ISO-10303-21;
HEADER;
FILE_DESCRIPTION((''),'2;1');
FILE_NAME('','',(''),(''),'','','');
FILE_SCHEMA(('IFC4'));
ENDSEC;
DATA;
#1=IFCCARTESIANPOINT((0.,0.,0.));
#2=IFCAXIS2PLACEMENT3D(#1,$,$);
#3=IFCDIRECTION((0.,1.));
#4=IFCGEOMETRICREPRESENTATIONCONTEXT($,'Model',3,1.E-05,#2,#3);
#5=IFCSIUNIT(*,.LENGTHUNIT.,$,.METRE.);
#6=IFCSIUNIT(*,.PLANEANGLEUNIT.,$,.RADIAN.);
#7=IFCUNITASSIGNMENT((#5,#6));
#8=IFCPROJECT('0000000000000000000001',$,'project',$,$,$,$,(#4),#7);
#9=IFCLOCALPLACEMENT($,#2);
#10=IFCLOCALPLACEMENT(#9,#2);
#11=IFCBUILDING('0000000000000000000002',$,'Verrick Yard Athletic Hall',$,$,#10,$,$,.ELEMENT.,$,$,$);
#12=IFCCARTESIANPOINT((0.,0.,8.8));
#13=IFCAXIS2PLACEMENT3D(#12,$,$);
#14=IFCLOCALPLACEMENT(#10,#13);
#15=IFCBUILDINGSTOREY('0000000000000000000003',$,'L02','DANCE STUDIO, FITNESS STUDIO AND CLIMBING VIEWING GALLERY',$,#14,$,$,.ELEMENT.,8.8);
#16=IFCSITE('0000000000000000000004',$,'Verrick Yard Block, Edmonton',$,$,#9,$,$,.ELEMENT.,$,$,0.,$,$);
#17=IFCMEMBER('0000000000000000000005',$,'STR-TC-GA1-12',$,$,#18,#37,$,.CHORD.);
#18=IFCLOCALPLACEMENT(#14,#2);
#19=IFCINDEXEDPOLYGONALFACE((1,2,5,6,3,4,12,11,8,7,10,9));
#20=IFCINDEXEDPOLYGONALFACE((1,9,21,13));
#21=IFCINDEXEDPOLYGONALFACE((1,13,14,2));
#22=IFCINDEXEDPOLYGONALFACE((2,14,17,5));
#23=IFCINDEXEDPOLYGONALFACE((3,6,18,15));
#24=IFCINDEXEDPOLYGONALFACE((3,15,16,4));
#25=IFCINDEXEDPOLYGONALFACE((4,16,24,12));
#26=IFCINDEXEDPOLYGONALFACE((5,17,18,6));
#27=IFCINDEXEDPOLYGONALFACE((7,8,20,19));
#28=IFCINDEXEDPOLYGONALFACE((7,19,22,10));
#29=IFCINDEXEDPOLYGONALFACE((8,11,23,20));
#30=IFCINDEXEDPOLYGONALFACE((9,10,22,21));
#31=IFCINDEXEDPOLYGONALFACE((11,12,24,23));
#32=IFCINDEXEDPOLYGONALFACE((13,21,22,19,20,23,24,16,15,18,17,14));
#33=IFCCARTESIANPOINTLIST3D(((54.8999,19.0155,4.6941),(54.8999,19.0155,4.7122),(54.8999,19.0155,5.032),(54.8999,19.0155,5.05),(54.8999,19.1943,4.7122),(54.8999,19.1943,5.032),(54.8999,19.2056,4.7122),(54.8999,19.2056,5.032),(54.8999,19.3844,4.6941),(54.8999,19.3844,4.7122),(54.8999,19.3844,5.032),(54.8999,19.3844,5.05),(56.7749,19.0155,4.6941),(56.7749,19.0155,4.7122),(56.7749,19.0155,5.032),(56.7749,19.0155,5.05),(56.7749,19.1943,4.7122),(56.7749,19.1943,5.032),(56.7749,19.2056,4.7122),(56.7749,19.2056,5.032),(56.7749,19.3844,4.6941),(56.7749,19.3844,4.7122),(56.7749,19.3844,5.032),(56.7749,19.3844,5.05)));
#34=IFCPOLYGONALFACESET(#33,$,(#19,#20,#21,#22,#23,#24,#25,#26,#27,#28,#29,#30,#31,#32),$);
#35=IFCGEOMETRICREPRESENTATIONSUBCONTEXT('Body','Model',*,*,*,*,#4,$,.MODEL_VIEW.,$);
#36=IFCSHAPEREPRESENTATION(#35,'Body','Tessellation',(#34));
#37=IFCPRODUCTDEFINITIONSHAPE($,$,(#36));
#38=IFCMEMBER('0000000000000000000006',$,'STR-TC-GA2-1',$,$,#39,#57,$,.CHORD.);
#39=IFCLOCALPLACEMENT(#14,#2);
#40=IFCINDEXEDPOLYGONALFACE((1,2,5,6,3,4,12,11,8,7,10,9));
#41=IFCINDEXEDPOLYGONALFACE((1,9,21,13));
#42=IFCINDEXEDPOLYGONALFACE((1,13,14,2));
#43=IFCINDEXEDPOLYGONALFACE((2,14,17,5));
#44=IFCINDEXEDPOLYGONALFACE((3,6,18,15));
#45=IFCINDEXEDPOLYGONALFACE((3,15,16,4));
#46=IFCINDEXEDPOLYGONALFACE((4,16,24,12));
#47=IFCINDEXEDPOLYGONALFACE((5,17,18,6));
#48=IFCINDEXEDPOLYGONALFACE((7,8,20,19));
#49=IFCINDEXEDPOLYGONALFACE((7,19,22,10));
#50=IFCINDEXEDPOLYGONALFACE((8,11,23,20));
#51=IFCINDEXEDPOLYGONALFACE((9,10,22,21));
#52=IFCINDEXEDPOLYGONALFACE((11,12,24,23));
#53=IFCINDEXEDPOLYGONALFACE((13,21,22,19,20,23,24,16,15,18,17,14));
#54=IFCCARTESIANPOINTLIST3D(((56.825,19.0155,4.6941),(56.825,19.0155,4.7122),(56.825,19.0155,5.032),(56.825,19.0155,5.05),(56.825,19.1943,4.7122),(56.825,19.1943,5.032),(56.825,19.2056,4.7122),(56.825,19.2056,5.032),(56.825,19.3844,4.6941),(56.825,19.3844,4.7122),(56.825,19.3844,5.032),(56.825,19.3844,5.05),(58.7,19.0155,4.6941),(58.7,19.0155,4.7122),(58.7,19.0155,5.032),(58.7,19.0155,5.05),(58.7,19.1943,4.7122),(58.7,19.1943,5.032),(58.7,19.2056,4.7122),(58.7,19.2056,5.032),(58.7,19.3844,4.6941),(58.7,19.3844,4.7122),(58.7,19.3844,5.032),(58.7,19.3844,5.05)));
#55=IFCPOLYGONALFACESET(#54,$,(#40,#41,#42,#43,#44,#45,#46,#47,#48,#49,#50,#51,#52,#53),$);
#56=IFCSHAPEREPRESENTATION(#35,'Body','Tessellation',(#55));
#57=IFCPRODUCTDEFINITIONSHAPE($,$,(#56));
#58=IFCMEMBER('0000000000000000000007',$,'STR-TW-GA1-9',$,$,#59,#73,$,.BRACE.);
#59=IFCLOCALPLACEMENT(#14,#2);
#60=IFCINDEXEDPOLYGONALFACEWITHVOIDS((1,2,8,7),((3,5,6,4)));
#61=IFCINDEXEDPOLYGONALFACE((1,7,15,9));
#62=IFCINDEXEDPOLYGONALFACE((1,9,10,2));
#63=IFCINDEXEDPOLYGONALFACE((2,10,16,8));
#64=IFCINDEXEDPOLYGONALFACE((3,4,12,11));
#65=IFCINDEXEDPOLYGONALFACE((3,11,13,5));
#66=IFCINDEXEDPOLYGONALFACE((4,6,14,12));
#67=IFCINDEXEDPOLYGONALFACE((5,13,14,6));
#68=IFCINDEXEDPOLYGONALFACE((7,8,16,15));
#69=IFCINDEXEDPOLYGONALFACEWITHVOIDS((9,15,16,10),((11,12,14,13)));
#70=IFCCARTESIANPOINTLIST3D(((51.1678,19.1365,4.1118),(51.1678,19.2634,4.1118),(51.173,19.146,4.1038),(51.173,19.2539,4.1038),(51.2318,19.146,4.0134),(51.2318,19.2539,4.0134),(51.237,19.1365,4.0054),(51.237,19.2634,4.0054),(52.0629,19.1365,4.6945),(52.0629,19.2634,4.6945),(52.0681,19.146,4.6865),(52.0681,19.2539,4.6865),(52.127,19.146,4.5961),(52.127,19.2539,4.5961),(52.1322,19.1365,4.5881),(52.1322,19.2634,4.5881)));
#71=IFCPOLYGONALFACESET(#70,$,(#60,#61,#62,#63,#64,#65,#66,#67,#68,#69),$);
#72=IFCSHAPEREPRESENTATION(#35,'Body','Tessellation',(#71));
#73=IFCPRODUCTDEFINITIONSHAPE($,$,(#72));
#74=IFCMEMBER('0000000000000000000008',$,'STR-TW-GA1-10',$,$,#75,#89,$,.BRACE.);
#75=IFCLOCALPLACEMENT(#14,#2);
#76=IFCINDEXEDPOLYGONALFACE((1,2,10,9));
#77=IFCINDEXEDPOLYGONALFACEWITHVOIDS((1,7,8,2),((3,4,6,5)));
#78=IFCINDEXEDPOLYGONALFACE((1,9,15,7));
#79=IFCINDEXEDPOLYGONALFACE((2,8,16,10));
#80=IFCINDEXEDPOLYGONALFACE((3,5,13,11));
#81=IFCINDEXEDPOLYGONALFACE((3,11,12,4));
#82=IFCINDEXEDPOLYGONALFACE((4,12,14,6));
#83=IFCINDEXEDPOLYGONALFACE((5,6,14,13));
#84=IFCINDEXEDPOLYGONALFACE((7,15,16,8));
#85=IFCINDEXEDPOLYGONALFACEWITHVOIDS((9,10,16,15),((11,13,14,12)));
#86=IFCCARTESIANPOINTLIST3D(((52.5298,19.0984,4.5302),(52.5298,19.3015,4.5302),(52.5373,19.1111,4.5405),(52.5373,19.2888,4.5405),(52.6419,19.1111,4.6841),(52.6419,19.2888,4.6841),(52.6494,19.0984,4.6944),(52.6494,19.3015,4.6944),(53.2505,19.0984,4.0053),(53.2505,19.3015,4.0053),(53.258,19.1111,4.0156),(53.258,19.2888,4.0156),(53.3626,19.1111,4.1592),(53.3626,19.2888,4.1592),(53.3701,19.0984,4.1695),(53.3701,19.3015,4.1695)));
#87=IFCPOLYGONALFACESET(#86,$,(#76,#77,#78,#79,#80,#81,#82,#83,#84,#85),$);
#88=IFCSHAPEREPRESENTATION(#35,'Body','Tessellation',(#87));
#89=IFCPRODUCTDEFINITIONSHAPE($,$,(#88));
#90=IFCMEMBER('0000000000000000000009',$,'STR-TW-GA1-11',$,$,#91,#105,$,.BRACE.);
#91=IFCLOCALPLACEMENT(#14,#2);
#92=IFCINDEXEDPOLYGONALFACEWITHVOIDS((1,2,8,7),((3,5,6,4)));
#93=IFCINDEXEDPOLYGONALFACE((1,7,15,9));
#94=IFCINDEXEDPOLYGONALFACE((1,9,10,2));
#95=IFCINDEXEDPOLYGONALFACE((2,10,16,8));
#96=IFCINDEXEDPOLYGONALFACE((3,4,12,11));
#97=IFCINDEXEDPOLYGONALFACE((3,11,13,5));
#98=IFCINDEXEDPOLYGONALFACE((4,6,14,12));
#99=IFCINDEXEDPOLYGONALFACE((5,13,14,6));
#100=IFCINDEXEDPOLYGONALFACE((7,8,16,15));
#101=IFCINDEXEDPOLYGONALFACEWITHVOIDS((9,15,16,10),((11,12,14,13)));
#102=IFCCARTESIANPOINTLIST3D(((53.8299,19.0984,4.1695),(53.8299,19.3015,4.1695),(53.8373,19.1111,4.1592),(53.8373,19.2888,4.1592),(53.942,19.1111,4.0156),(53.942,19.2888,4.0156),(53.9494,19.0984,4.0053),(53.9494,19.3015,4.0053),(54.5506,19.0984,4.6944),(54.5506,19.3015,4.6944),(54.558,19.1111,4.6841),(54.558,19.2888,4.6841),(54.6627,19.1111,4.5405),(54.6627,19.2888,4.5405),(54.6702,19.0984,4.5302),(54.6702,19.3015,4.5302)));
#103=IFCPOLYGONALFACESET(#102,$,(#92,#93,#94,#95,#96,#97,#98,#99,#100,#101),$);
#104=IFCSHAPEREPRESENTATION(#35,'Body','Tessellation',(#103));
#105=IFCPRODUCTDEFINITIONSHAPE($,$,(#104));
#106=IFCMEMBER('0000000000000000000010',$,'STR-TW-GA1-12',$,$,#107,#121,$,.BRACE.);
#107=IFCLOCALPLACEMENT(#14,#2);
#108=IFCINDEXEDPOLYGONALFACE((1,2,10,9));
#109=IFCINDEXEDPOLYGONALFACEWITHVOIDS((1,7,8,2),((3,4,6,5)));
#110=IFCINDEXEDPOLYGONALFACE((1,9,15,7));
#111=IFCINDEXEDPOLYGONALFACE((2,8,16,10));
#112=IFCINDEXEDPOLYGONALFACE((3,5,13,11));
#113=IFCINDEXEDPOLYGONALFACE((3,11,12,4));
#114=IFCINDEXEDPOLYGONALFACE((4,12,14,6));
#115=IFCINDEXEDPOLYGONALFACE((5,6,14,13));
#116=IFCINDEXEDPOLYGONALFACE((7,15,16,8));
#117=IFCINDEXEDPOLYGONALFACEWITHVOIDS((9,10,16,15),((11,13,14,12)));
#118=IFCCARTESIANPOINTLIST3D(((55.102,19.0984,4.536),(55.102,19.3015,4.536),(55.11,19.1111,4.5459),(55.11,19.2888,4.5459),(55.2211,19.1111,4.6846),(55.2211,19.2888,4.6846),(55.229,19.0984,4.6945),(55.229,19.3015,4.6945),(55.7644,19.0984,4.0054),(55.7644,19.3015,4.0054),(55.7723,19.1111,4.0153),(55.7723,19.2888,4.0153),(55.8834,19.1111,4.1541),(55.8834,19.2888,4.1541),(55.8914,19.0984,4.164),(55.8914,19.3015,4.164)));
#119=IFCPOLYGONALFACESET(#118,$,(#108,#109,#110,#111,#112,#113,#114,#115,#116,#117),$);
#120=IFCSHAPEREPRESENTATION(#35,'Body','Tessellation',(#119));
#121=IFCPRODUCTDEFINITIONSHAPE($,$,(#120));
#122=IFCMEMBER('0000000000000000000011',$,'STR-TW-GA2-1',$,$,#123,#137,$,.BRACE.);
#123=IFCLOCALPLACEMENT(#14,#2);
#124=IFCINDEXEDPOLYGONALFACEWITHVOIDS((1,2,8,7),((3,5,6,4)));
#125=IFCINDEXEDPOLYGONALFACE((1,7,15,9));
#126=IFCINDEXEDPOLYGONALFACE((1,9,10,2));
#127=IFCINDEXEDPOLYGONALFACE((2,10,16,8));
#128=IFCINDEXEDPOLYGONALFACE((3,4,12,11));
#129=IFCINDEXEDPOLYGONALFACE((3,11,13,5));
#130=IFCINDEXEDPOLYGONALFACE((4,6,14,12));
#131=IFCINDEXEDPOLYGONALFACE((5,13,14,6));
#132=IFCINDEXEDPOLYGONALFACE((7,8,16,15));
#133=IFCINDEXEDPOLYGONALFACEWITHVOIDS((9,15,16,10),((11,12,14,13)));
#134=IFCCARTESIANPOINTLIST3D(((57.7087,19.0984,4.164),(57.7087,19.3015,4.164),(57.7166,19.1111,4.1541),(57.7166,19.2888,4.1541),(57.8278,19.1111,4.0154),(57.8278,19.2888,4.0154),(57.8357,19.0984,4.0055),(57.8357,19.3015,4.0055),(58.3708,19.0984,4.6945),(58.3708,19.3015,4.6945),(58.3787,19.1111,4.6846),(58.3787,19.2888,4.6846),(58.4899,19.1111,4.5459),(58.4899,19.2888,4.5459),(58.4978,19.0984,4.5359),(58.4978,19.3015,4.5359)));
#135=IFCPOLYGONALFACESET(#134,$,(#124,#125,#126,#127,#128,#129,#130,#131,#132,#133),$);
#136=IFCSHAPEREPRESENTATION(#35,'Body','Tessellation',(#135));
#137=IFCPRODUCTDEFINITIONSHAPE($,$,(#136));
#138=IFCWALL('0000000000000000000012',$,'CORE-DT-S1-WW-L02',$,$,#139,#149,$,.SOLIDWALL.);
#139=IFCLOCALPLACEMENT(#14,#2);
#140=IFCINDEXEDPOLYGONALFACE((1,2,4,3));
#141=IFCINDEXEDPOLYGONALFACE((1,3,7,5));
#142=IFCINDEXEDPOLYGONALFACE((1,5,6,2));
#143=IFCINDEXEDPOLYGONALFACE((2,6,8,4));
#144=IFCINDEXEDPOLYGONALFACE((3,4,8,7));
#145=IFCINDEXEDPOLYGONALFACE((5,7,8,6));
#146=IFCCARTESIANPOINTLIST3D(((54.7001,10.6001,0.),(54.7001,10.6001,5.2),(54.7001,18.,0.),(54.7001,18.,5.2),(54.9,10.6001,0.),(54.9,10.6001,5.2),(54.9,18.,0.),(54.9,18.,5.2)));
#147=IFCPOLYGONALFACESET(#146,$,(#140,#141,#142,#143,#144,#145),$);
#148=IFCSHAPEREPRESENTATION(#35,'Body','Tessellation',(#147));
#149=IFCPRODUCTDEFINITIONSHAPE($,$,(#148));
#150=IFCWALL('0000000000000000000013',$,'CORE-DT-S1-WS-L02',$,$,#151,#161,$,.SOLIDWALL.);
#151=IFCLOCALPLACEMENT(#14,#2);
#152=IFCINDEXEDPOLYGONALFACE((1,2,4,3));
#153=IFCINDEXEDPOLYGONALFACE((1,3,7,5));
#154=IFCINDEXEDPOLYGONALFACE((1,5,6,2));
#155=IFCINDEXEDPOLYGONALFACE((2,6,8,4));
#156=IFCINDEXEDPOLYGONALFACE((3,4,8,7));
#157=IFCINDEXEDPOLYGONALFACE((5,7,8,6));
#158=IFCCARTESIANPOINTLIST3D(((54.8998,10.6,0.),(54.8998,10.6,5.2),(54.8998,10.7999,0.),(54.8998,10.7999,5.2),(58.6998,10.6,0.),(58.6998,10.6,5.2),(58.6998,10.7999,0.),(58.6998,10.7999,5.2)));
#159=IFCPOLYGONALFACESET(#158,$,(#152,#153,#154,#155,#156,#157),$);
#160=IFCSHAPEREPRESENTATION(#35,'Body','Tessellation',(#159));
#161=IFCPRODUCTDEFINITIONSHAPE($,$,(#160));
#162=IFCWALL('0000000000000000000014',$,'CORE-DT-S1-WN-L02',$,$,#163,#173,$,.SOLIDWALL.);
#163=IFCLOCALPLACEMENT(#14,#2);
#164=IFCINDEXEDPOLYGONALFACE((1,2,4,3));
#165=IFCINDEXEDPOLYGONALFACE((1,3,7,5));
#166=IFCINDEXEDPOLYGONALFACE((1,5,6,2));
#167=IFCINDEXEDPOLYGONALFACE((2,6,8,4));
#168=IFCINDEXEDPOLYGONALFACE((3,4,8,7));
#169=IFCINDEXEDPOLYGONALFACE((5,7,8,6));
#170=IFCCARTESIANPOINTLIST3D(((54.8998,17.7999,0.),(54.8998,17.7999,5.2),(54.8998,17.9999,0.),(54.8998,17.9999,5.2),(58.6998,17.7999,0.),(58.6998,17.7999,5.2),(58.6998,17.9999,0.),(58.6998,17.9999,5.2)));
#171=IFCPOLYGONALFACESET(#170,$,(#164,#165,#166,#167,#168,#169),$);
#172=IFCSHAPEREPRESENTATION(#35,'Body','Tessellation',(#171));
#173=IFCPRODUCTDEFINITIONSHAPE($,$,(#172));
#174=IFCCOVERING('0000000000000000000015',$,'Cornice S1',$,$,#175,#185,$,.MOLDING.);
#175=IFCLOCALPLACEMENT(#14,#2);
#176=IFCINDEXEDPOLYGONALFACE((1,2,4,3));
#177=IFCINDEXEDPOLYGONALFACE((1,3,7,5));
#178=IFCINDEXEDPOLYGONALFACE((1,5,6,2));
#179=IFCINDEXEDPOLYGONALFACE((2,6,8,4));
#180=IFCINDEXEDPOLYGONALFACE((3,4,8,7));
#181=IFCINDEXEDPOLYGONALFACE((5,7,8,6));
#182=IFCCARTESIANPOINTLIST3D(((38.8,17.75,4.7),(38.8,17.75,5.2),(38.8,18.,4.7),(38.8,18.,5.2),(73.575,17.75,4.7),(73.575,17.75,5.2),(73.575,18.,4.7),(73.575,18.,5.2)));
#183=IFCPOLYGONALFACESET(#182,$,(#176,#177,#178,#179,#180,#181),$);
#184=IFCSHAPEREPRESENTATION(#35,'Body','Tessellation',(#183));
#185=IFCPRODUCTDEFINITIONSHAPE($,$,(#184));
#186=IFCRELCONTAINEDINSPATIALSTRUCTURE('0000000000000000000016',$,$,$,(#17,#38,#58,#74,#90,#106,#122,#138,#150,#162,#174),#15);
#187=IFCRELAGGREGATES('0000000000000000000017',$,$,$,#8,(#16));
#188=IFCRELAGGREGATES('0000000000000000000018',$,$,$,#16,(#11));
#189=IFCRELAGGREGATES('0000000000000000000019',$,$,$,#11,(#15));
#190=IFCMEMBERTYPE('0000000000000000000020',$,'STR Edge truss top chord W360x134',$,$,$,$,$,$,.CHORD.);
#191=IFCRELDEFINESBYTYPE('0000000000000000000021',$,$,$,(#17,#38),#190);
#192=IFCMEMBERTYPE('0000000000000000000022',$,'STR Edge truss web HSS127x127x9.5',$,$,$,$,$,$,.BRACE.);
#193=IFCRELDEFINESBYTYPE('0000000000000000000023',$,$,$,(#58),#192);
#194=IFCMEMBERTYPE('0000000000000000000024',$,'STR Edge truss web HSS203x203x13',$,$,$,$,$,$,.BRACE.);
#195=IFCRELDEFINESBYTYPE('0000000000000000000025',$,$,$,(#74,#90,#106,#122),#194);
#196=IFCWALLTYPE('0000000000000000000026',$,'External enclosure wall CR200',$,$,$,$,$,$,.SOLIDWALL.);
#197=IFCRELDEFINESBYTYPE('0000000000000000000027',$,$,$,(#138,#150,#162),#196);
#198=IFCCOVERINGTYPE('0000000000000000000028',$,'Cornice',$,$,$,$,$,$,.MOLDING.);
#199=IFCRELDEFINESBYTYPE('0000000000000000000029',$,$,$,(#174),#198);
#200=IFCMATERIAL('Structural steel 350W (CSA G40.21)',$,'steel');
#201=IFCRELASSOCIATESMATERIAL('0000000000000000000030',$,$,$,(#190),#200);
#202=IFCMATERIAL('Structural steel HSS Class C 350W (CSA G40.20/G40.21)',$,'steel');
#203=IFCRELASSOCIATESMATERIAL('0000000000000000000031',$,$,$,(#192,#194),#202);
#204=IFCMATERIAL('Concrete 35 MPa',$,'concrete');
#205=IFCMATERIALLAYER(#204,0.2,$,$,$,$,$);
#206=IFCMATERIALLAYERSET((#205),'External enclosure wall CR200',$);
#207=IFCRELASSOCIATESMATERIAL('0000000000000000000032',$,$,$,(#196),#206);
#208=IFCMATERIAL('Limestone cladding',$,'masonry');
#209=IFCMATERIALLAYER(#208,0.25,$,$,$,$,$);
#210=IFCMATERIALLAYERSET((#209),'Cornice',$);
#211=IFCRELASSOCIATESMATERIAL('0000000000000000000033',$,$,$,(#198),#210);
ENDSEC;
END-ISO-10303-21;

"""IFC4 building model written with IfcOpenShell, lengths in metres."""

from ifc_helpers import new_model, si_unit, direction, frame, frame_2d, origin, origin_2d, place, context, subcontext, project, spatial, rectangle, hollow_rectangle, i_section, extrude, material, layer, layer_set, material_profile, profile_set, type_object, element, save


model = new_model("IFC4")

# Units and contexts
model_context = context("Model", 3, precision=1e-05, world=origin(), true_north=direction((0.0, 1.0)))
body_context = subcontext(model_context, "Body", "Model", "MODEL_VIEW")
ifc_project = project(units=[si_unit("LENGTHUNIT", "METRE"), si_unit("PLANEANGLEUNIT", "RADIAN")], contexts=[model_context])

# Site, building, storey
site_placement = place(None, origin())
site = spatial("IfcSite", under=ifc_project, at=site_placement, Name="Verrick Yard Block, Edmonton", CompositionType="ELEMENT", RefElevation=0.0)
building_placement = place(site_placement, origin())
building = spatial("IfcBuilding", under=site, at=building_placement, Name="Verrick Yard Athletic Hall", CompositionType="ELEMENT")
storey_placement = place(building_placement, frame((0.0, 0.0, 8.8)))
storey = spatial("IfcBuildingStorey", under=building, at=storey_placement, Name="L02", Description="DANCE STUDIO, FITNESS STUDIO AND CLIMBING VIEWING GALLERY", CompositionType="ELEMENT", Elevation=8.8)

# Shared definitions
ifc_material_1 = material(Name="Concrete 35 MPa", Category="concrete")

# Members
ifc_material_2 = material(Name="Structural steel 350W (CSA G40.21)", Category="steel")
ifc_material_3 = material(Name="Structural steel HSS Class C 350W (CSA G40.20/G40.21)", Category="steel")
ifc_material_profile_1 = material_profile(ifc_material_2, i_section(OverallWidth=0.3689, OverallDepth=0.356, WebThickness=0.0112, FlangeThickness=0.0181, at=origin_2d()), Name="W360x134")
ifc_profile_set_1 = profile_set([ifc_material_profile_1], Name="Structural steel 350W (CSA G40.21)")
member_type_1 = type_object("IfcMemberType", Name="STR Edge truss top chord W360x134", PredefinedType="CHORD", material=ifc_profile_set_1)
for number, where, z_axis, x_axis, name in (
    (1, (54.8999, 19.2, 4.8721), (1.0, 0.0, 0.0), (0.0, 1.0, 0.0), "STR-TC-GA1-12"),
    (2, (56.825, 19.2, 4.8721), (1.0, 0.0, 0.0), (0.0, 1.0, 0.0), "STR-TC-GA2-1"),
):
    element("IfcMember", number, at=place(storey_placement, frame(where, z_axis=z_axis, x_axis=x_axis)), inside=storey, type_object=member_type_1, Name=name, PredefinedType="CHORD", context=body_context, shape_type="SweptSolid", body=[
        extrude(i_section(OverallWidth=0.3689, OverallDepth=0.356, WebThickness=0.0112, FlangeThickness=0.0181, at=origin_2d()), origin(), (0.0, 0.0, 1.0), 1.875),
    ])
ifc_material_profile_2 = material_profile(ifc_material_3, hollow_rectangle(XDim=0.127, YDim=0.127, WallThickness=0.0095, at=origin_2d()), Name="HSS127x127x9.5")
ifc_profile_set_2 = profile_set([ifc_material_profile_2], Name="Structural steel HSS Class C 350W (CSA G40.20/G40.21)")
member_type_2 = type_object("IfcMemberType", Name="STR Edge truss web HSS127x127x9.5", PredefinedType="BRACE", material=ifc_profile_set_2)
member_1_placement = place(storey_placement, frame((51.2024, 19.2, 4.0586), z_axis=(0.838083, 0.0, 0.545543), x_axis=(0.0, 1.0, 0.0)))
element("IfcMember", 3, at=member_1_placement, inside=storey, type_object=member_type_2, Name="STR-TW-GA1-9", PredefinedType="BRACE", context=body_context, shape_type="SweptSolid", body=[
    extrude(hollow_rectangle(XDim=0.127, YDim=0.127, WallThickness=0.0095, at=origin_2d()), origin(), (0.0, 0.0, 1.0), 1.0681),
])
ifc_material_profile_3 = material_profile(ifc_material_3, hollow_rectangle(XDim=0.2031, YDim=0.2031, WallThickness=0.0127, at=origin_2d()), Name="HSS203x203x13")
ifc_profile_set_3 = profile_set([ifc_material_profile_3], Name="Structural steel HSS Class C 350W (CSA G40.20/G40.21)")
member_type_3 = type_object("IfcMemberType", Name="STR Edge truss web HSS203x203x13", PredefinedType="BRACE", material=ifc_profile_set_3)
for number, where, z_axis, x_axis, name in (
    (4, (52.5896, 19.2, 4.6123), (0.808333, 0.0, -0.588725), (0.0, 1.0, 0.0), "STR-TW-GA1-10"),
    (5, (53.8896, 19.2, 4.0874), (0.808333, 0.0, 0.588725), (0.0, 1.0, 0.0), "STR-TW-GA1-11"),
):
    element("IfcMember", number, at=place(storey_placement, frame(where, z_axis=z_axis, x_axis=x_axis)), inside=storey, type_object=member_type_3, Name=name, PredefinedType="BRACE", context=body_context, shape_type="SweptSolid", body=[
        extrude(hollow_rectangle(XDim=0.2031, YDim=0.2031, WallThickness=0.0127, at=origin_2d()), origin(), (0.0, 0.0, 1.0), 0.8916),
    ])
member_2_placement = place(storey_placement, frame((55.1655, 19.2, 4.6152), z_axis=(0.780504, 0.0, -0.625151), x_axis=(0.0, 1.0, 0.0)))
element("IfcMember", 6, at=member_2_placement, inside=storey, type_object=member_type_3, Name="STR-TW-GA1-12", PredefinedType="BRACE", context=body_context, shape_type="SweptSolid", body=[
    extrude(hollow_rectangle(XDim=0.2031, YDim=0.2031, WallThickness=0.0127, at=origin_2d()), origin(), (0.0, 0.0, 1.0), 0.8486),
])
member_3_placement = place(storey_placement, frame((57.7722, 19.2, 4.0847), z_axis=(0.780391, 0.0, 0.625291), x_axis=(0.0, 1.0, 0.0)))
element("IfcMember", 7, at=member_3_placement, inside=storey, type_object=member_type_3, Name="STR-TW-GA2-1", PredefinedType="BRACE", context=body_context, shape_type="SweptSolid", body=[
    extrude(hollow_rectangle(XDim=0.2031, YDim=0.2031, WallThickness=0.0127, at=origin_2d()), origin(), (0.0, 0.0, 1.0), 0.8484),
])

# Walls
ifc_layer_1 = layer(ifc_material_1, 0.2)
ifc_layer_set_1 = layer_set([ifc_layer_1], Name="External enclosure wall CR200")
wall_type = type_object("IfcWallType", Name="External enclosure wall CR200", PredefinedType="SOLIDWALL", material=ifc_layer_set_1)
wall_placement = place(storey_placement, frame((54.8, 10.6001, 0.0), z_axis=(0.0, 0.0, 1.0), x_axis=(0.0, 1.0, 0.0)))
element("IfcWall", 8, at=wall_placement, inside=storey, type_object=wall_type, Name="CORE-DT-S1-WW-L02", PredefinedType="SOLIDWALL", context=body_context, shape_type="SweptSolid", body=[
    extrude(rectangle(XDim=7.3999, YDim=0.2, at=frame_2d((3.7, 0.0))), origin(), (0.0, 0.0, 1.0), 5.2),
])
for number, where, z_axis, x_axis, name in (
    (9, (54.8999, 10.7, 0.0), (0.0, 0.0, 1.0), (1.0, 0.0, 0.0), "CORE-DT-S1-WS-L02"),
    (10, (54.8999, 17.8999, 0.0), (0.0, 0.0, 1.0), (1.0, 0.0, 0.0), "CORE-DT-S1-WN-L02"),
):
    element("IfcWall", number, at=place(storey_placement, frame(where, z_axis=z_axis, x_axis=x_axis)), inside=storey, type_object=wall_type, Name=name, PredefinedType="SOLIDWALL", context=body_context, shape_type="SweptSolid", body=[
        extrude(rectangle(XDim=3.8, YDim=0.2, at=frame_2d((1.8999, 0.0))), origin(), (0.0, 0.0, 1.0), 5.2),
    ])

# Covering
ifc_material_4 = material(Name="Limestone cladding", Category="masonry")
ifc_layer_2 = layer(ifc_material_4, 0.25)
ifc_layer_set_2 = layer_set([ifc_layer_2], Name="Cornice")
covering_type_1 = type_object("IfcCoveringType", Name="Cornice", PredefinedType="MOLDING", material=ifc_layer_set_2)
covering_1_placement = place(storey_placement, frame((56.1875, 17.875, 4.7), z_axis=(0.0, 0.0, 1.0), x_axis=(1.0, 0.0, 0.0)))
element("IfcCovering", 11, at=covering_1_placement, inside=storey, type_object=covering_type_1, Name="Cornice S1", PredefinedType="MOLDING", context=body_context, shape_type="SweptSolid", body=[
    extrude(rectangle(XDim=34.7749, YDim=0.25, at=origin_2d()), origin(), (0.0, 0.0, 1.0), 0.5),
])

save(model, "model.ifc")
